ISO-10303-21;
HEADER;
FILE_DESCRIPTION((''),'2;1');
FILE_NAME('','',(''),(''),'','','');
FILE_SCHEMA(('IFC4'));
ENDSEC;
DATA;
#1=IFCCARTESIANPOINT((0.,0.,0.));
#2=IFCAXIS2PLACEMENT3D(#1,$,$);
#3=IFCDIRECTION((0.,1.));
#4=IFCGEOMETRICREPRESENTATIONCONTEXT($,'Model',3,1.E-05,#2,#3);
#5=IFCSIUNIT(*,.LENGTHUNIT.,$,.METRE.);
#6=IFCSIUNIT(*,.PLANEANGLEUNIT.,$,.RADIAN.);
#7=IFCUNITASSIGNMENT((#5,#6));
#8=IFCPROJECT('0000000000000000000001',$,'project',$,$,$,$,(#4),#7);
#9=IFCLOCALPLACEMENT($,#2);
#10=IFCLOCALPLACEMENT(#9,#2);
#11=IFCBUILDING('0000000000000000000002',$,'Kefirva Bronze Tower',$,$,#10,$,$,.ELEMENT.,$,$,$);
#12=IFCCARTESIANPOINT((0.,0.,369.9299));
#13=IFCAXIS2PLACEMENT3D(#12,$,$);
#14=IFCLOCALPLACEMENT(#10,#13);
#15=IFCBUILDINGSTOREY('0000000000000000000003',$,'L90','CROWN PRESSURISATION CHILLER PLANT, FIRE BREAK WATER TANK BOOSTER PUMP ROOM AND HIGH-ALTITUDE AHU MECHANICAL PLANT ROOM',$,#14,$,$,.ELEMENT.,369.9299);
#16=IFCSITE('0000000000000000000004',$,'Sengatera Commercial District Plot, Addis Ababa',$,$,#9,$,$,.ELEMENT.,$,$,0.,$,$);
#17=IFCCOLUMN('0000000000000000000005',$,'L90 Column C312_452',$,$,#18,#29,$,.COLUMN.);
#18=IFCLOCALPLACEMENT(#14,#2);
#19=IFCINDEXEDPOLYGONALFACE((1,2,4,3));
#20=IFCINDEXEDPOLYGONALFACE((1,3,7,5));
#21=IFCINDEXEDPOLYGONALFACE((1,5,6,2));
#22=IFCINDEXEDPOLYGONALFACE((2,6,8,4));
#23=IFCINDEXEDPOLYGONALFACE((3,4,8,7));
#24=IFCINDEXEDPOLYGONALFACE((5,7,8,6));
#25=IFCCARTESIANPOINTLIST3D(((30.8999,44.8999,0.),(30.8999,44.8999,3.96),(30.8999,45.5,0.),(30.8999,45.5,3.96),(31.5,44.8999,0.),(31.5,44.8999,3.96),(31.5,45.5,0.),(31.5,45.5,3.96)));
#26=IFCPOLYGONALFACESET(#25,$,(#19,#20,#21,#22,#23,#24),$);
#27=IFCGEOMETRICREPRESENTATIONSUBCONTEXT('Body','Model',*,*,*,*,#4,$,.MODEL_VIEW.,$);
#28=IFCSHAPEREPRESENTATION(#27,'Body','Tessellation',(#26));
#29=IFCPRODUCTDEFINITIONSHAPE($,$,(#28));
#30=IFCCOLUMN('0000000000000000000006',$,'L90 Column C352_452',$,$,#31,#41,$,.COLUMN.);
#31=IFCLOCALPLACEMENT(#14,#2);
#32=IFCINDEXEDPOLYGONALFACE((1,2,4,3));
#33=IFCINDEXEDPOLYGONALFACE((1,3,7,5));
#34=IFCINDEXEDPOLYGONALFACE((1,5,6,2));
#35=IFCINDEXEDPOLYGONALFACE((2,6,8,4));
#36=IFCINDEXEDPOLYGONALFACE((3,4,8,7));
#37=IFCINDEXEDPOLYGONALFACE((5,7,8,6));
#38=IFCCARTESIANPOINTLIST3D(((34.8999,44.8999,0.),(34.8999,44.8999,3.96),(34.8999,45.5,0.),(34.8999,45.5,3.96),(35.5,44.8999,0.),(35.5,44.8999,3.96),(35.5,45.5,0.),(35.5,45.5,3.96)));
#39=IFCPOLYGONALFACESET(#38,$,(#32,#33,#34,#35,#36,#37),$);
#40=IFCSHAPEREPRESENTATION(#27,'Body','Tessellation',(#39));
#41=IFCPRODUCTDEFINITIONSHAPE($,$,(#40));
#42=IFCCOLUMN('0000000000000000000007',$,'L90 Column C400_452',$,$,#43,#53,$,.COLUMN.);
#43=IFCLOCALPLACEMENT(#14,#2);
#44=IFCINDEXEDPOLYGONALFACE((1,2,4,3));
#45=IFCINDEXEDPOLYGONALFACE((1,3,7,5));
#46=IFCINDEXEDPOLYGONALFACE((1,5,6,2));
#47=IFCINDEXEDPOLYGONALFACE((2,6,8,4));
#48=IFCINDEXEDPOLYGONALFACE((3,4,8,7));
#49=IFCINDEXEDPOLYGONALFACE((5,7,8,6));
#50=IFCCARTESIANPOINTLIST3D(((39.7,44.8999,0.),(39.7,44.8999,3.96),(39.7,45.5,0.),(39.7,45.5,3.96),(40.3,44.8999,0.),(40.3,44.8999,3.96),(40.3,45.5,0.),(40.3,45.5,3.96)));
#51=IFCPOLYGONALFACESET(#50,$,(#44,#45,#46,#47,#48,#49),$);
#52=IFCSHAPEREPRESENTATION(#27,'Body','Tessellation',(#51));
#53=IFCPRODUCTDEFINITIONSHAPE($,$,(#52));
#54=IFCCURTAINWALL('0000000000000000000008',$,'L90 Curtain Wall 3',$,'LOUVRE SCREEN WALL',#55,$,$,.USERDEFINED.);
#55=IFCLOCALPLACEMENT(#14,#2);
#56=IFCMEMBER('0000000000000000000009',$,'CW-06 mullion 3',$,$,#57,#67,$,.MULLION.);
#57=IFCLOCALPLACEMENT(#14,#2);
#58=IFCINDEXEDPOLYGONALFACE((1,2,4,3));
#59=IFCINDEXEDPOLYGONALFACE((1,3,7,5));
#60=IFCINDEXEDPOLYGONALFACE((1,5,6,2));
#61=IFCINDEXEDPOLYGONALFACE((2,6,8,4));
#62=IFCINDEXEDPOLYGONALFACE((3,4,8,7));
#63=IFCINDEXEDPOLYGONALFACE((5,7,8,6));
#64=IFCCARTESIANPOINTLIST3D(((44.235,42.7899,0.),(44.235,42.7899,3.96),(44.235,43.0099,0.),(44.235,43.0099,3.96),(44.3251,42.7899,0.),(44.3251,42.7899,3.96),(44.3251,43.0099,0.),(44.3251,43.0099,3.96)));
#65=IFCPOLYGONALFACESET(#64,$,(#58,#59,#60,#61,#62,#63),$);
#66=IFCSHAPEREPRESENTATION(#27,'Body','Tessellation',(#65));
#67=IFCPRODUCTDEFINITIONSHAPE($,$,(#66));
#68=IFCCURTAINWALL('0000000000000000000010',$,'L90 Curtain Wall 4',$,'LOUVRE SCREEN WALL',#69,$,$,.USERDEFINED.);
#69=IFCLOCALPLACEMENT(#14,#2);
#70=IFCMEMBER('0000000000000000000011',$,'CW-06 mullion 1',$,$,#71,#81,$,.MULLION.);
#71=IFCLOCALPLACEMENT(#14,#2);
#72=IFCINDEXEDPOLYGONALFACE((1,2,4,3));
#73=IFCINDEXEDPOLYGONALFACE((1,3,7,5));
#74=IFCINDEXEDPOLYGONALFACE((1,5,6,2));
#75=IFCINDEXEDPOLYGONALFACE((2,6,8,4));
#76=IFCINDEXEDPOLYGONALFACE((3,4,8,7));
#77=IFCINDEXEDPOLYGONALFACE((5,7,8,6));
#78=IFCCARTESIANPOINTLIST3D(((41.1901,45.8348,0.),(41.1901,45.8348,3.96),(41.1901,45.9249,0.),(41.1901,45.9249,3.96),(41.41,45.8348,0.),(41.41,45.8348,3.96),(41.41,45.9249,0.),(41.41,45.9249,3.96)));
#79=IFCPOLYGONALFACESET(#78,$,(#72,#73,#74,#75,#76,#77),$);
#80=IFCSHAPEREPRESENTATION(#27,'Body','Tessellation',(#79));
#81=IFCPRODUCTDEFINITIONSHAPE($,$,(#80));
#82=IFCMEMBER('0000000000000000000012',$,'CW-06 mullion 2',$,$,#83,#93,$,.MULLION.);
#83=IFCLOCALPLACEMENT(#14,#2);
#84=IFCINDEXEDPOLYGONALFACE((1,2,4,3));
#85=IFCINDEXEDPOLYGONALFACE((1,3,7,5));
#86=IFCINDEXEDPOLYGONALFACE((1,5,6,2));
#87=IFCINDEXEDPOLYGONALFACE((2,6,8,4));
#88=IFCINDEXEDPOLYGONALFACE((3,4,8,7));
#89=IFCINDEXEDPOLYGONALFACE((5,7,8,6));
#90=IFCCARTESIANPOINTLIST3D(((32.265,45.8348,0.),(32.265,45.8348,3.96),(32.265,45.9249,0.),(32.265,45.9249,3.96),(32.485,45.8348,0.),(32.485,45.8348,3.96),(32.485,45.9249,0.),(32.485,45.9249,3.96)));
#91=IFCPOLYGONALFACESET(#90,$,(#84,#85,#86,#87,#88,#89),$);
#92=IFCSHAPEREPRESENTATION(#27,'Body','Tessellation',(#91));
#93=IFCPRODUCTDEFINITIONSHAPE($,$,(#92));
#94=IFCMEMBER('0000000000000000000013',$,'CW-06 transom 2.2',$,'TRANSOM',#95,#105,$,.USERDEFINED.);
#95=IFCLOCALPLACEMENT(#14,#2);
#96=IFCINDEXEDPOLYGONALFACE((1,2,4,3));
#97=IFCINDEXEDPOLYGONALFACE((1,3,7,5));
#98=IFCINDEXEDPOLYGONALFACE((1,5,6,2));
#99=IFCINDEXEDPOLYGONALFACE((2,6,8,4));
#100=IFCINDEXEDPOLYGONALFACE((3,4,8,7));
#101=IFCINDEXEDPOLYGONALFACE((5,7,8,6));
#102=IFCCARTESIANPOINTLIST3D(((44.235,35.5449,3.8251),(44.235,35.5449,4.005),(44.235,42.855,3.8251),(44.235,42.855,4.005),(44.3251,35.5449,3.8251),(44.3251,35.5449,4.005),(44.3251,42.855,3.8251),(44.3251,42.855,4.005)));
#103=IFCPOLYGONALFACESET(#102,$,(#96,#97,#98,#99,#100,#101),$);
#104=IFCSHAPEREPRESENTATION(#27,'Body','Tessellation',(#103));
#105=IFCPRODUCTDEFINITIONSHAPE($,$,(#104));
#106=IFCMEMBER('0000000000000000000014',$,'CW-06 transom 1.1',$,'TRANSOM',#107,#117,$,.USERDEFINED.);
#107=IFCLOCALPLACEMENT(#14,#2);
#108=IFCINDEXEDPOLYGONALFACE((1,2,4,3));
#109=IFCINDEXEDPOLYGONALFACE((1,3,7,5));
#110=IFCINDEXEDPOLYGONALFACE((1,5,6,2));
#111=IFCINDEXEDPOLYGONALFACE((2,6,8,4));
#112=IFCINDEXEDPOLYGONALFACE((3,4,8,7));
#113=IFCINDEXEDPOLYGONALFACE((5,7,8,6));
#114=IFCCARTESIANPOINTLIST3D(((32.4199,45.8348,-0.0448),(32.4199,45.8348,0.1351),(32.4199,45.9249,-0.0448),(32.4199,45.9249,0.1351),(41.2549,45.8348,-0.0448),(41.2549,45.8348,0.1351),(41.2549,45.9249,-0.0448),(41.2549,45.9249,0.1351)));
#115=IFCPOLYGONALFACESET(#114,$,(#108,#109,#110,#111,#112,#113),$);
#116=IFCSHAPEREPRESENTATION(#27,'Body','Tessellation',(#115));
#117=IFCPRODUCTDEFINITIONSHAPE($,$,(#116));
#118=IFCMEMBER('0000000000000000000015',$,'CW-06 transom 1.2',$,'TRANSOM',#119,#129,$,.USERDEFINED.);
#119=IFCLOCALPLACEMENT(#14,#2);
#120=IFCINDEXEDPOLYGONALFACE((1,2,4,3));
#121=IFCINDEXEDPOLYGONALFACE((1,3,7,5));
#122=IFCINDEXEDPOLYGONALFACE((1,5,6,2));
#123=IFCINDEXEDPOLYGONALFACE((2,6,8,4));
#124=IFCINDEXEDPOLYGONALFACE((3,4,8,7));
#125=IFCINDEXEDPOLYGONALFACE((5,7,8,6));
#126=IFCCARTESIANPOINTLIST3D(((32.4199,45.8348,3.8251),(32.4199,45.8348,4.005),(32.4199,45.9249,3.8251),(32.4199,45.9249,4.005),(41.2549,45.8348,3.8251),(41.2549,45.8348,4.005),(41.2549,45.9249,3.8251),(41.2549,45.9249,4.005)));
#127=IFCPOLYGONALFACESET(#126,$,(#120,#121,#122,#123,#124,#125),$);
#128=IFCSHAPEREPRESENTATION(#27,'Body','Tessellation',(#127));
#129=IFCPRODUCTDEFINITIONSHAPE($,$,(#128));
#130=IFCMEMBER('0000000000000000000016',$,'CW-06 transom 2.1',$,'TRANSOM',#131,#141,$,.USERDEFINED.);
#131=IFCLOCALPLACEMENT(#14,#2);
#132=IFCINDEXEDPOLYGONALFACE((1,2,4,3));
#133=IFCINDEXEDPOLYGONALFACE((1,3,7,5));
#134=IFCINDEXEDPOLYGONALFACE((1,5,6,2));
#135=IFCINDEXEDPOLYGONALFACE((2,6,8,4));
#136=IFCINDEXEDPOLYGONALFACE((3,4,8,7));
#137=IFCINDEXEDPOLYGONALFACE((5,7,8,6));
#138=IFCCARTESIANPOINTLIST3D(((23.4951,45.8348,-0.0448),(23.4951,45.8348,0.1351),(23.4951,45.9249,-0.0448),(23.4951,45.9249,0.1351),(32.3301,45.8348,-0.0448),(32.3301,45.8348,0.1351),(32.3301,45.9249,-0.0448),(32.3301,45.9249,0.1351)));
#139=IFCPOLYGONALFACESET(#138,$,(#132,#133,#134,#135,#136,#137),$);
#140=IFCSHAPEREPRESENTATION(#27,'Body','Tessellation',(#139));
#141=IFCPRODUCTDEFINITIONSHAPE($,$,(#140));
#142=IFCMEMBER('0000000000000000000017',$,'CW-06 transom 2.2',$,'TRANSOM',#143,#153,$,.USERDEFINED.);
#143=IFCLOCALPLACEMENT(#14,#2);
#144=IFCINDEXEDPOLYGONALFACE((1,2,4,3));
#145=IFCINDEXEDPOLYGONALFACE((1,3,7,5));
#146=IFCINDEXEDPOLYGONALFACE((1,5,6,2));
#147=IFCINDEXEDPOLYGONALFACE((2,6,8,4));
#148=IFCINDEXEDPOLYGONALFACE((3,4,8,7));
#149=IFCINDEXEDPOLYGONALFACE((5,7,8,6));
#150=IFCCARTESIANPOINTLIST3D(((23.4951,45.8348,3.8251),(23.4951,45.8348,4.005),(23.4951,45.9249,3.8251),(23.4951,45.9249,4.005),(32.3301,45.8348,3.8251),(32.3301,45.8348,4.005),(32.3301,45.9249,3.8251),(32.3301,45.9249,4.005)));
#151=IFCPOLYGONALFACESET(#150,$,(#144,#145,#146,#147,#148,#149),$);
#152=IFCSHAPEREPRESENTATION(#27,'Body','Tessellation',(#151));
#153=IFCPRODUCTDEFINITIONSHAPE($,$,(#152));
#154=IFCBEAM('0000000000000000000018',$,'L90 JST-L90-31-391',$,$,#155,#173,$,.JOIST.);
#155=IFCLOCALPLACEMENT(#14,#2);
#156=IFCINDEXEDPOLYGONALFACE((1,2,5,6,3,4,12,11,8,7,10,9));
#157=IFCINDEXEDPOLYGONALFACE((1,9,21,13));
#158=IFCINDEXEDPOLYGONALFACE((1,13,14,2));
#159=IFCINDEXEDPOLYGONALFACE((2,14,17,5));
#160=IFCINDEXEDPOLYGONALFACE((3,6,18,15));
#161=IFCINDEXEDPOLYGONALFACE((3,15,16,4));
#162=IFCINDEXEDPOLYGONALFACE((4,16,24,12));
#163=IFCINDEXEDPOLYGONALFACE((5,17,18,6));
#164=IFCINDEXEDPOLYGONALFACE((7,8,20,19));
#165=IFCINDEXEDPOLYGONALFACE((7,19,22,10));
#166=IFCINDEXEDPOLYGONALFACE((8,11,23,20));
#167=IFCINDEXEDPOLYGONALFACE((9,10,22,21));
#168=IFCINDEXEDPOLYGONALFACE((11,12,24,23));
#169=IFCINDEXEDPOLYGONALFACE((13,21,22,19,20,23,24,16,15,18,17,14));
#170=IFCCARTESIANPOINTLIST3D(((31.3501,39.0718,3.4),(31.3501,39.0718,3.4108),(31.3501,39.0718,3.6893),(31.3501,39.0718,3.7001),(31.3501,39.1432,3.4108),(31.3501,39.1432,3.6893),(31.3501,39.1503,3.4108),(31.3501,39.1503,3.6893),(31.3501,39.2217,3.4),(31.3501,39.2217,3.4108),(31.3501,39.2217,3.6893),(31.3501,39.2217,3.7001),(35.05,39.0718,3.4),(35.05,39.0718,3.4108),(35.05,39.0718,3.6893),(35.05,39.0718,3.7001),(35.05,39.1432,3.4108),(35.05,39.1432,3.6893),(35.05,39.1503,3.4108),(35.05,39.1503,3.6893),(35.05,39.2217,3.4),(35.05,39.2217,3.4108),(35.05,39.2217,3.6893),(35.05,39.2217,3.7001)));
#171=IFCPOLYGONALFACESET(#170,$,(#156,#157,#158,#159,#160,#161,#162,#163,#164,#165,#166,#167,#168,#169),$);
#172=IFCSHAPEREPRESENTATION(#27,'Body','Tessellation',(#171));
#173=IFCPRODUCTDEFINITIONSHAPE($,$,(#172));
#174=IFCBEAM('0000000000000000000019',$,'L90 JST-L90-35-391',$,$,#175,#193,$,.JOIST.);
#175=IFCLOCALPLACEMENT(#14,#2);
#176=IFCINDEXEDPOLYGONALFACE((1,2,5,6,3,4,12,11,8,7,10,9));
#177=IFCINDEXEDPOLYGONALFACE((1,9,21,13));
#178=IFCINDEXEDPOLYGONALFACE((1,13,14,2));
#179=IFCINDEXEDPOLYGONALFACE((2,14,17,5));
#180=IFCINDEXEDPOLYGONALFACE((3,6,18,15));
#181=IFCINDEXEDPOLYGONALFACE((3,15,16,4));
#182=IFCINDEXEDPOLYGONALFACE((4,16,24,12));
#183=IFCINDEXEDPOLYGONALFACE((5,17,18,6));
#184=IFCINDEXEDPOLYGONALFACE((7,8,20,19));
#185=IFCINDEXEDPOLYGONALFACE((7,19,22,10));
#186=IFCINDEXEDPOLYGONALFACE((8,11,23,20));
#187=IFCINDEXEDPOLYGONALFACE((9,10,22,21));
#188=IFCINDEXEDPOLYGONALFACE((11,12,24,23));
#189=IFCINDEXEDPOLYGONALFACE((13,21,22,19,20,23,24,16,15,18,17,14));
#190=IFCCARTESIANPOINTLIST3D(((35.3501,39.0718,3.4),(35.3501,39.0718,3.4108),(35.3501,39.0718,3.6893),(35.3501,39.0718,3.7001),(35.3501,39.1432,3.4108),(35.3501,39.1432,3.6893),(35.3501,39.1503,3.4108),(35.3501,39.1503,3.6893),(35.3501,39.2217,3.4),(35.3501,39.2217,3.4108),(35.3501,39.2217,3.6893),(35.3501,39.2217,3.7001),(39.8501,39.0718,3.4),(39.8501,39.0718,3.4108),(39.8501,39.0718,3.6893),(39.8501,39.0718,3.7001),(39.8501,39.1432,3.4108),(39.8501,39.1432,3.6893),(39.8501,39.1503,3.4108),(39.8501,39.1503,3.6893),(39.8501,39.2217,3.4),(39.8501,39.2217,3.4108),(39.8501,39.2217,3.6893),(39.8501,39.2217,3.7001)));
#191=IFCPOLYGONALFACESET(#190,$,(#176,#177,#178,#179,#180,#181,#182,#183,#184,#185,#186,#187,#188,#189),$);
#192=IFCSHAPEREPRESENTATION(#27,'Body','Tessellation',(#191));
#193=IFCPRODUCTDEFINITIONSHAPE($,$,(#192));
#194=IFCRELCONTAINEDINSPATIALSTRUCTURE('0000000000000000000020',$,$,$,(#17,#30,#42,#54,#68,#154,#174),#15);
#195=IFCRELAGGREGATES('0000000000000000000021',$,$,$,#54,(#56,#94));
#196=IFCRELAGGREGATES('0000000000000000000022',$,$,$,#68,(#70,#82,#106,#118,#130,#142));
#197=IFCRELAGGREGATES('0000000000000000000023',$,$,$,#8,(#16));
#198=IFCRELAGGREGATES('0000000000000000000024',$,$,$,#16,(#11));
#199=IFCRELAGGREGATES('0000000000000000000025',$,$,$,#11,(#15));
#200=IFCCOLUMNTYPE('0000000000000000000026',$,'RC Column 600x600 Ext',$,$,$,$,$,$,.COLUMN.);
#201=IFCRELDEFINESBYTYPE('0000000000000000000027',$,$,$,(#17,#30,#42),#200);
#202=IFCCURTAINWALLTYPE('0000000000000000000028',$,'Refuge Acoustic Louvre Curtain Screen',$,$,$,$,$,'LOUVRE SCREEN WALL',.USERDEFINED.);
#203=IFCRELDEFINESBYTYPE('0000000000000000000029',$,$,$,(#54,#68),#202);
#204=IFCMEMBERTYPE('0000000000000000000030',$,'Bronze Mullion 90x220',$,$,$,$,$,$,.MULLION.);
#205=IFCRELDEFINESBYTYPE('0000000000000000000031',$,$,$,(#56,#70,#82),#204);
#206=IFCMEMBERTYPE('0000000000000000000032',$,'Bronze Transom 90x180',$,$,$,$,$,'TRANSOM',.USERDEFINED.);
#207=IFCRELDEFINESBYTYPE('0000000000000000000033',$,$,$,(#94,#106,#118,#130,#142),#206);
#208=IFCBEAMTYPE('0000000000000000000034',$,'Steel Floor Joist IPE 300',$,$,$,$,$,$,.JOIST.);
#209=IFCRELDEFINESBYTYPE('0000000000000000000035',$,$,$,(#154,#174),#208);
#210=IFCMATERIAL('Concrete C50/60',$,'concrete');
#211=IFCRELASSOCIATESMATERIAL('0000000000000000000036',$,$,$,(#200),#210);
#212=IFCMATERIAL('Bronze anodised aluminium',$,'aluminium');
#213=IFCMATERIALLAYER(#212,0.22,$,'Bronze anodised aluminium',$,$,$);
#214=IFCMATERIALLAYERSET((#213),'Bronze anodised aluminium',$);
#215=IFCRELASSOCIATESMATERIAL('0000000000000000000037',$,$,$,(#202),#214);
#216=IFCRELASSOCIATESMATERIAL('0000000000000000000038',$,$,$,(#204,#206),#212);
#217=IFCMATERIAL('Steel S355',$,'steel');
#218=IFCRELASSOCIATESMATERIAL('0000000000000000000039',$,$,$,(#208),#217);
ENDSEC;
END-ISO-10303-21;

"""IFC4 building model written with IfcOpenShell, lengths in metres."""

from ifc_helpers import new_model, si_unit, direction, frame, origin, origin_2d, place, context, subcontext, project, spatial, rectangle, i_section, extrude, material, layer, layer_set, material_profile, profile_set, type_object, element, aggregate, save


model = new_model("IFC4")

# Units and contexts
model_context = context("Model", 3, precision=1e-05, world=origin(), true_north=direction((0.0, 1.0)))
body_context = subcontext(model_context, "Body", "Model", "MODEL_VIEW")
ifc_project = project(units=[si_unit("LENGTHUNIT", "METRE"), si_unit("PLANEANGLEUNIT", "RADIAN")], contexts=[model_context])

# Site, building, storey
site_placement = place(None, origin())
site = spatial("IfcSite", under=ifc_project, at=site_placement, Name="Sengatera Commercial District Plot, Addis Ababa", CompositionType="ELEMENT", RefElevation=0.0)
building_placement = place(site_placement, origin())
building = spatial("IfcBuilding", under=site, at=building_placement, Name="Kefirva Bronze Tower", CompositionType="ELEMENT")
storey_placement = place(building_placement, frame((0.0, 0.0, 369.9299)))
storey = spatial("IfcBuildingStorey", under=building, at=storey_placement, Name="L90", Description="CROWN PRESSURISATION CHILLER PLANT, FIRE BREAK WATER TANK BOOSTER PUMP ROOM AND HIGH-ALTITUDE AHU MECHANICAL PLANT ROOM", CompositionType="ELEMENT", Elevation=369.9299)

# Columns
ifc_material_1 = material(Name="Concrete C50/60", Category="concrete")
ifc_material_profile_1 = material_profile(ifc_material_1, rectangle(XDim=0.6001, YDim=0.6001, at=origin_2d()), Name="RC 600x600")
ifc_profile_set_1 = profile_set([ifc_material_profile_1], Name="Concrete C50/60")
column_type = type_object("IfcColumnType", Name="RC Column 600x600 Ext", PredefinedType="COLUMN", material=ifc_profile_set_1)
for number, where, z_axis, x_axis, name in (
    (1, (31.2, 45.2, 0.0), (0.0, 0.0, 1.0), (1.0, 0.0, 0.0), "L90 Column C312_452"),
    (2, (35.2, 45.2, 0.0), (0.0, 0.0, 1.0), (1.0, 0.0, 0.0), "L90 Column C352_452"),
    (3, (40.0, 45.2, 0.0), (0.0, 0.0, 1.0), (1.0, 0.0, 0.0), "L90 Column C400_452"),
):
    element("IfcColumn", number, at=place(storey_placement, frame(where, z_axis=z_axis, x_axis=x_axis)), inside=storey, type_object=column_type, Name=name, PredefinedType="COLUMN", context=body_context, shape_type="SweptSolid", body=[
        extrude(rectangle(XDim=0.6001, YDim=0.6001, at=origin_2d()), origin(), (0.0, 0.0, 1.0), 3.96),
    ])

# Curtain wall, member
ifc_material_2 = material(Name="Bronze anodised aluminium", Category="aluminium")
ifc_layer_1 = layer(ifc_material_2, 0.22, Name="Bronze anodised aluminium")
ifc_layer_set_1 = layer_set([ifc_layer_1], Name="Bronze anodised aluminium")
curtain_wall_type = type_object("IfcCurtainWallType", Name="Refuge Acoustic Louvre Curtain Screen", ElementType="LOUVRE SCREEN WALL", PredefinedType="USERDEFINED", material=ifc_layer_set_1)
curtain_wall_1_placement = place(storey_placement, origin())
curtain_wall_1 = element("IfcCurtainWall", 4, at=curtain_wall_1_placement, inside=storey, type_object=curtain_wall_type, Name="L90 Curtain Wall 3", ObjectType="LOUVRE SCREEN WALL", PredefinedType="USERDEFINED")
ifc_material_profile_2 = material_profile(ifc_material_2, rectangle(XDim=0.0901, YDim=0.22, at=origin_2d()), Name="ALU 90x220")
ifc_profile_set_2 = profile_set([ifc_material_profile_2], Name="Bronze anodised aluminium")
member_type_1 = type_object("IfcMemberType", Name="Bronze Mullion 90x220", PredefinedType="MULLION", material=ifc_profile_set_2)
member_1_placement = place(storey_placement, frame((44.28, 42.8999, 0.0), z_axis=(0.0, 0.0, 1.0), x_axis=(-1.0, 0.0, 0.0)))
member_1 = element("IfcMember", 5, at=member_1_placement, type_object=member_type_1, Name="CW-06 mullion 3", PredefinedType="MULLION", context=body_context, shape_type="SweptSolid", body=[
    extrude(rectangle(XDim=0.0901, YDim=0.22, at=origin_2d()), origin(), (0.0, 0.0, 1.0), 3.96),
])

# Curtain wall, members
curtain_wall_2_placement = place(storey_placement, origin())
curtain_wall_2 = element("IfcCurtainWall", 6, at=curtain_wall_2_placement, inside=storey, type_object=curtain_wall_type, Name="L90 Curtain Wall 4", ObjectType="LOUVRE SCREEN WALL", PredefinedType="USERDEFINED")
member_2_placement = place(storey_placement, frame((41.3, 45.8799, 0.0), z_axis=(0.0, 0.0, 1.0), x_axis=(0.0, -1.0, 0.0)))
member_2 = element("IfcMember", 7, at=member_2_placement, type_object=member_type_1, Name="CW-06 mullion 1", PredefinedType="MULLION", context=body_context, shape_type="SweptSolid", body=[
    extrude(rectangle(XDim=0.0901, YDim=0.22, at=origin_2d()), origin(), (0.0, 0.0, 1.0), 3.96),
])
member_3_placement = place(storey_placement, frame((32.375, 45.8799, 0.0), z_axis=(0.0, 0.0, 1.0), x_axis=(0.0, -1.0, 0.0)))
member_3 = element("IfcMember", 8, at=member_3_placement, type_object=member_type_1, Name="CW-06 mullion 2", PredefinedType="MULLION", context=body_context, shape_type="SweptSolid", body=[
    extrude(rectangle(XDim=0.0901, YDim=0.22, at=origin_2d()), origin(), (0.0, 0.0, 1.0), 3.96),
])

# Members
ifc_material_profile_3 = material_profile(ifc_material_2, rectangle(XDim=0.0901, YDim=0.1799, at=origin_2d()), Name="ALU 90x180")
ifc_profile_set_3 = profile_set([ifc_material_profile_3], Name="Bronze anodised aluminium")
member_type_2 = type_object("IfcMemberType", Name="Bronze Transom 90x180", ElementType="TRANSOM", PredefinedType="USERDEFINED", material=ifc_profile_set_3)
member_4_placement = place(storey_placement, frame((44.28, 35.5449, 3.915), z_axis=(0.0, 1.0, 0.0), x_axis=(-1.0, 0.0, 0.0)))
member_4 = element("IfcMember", 9, at=member_4_placement, type_object=member_type_2, Name="CW-06 transom 2.2", ObjectType="TRANSOM", PredefinedType="USERDEFINED", context=body_context, shape_type="SweptSolid", body=[
    extrude(rectangle(XDim=0.0901, YDim=0.1799, at=origin_2d()), origin(), (0.0, 0.0, 1.0), 7.3101),
])
member_5_placement = place(storey_placement, frame((41.2549, 45.8799, 0.0452), z_axis=(-1.0, 0.0, 0.0), x_axis=(0.0, -1.0, 0.0)))
member_5 = element("IfcMember", 10, at=member_5_placement, type_object=member_type_2, Name="CW-06 transom 1.1", ObjectType="TRANSOM", PredefinedType="USERDEFINED", context=body_context, shape_type="SweptSolid", body=[
    extrude(rectangle(XDim=0.0901, YDim=0.1799, at=origin_2d()), origin(), (0.0, 0.0, 1.0), 8.835),
])
member_6_placement = place(storey_placement, frame((41.2549, 45.8799, 3.915), z_axis=(-1.0, 0.0, 0.0), x_axis=(0.0, -1.0, 0.0)))
member_6 = element("IfcMember", 11, at=member_6_placement, type_object=member_type_2, Name="CW-06 transom 1.2", ObjectType="TRANSOM", PredefinedType="USERDEFINED", context=body_context, shape_type="SweptSolid", body=[
    extrude(rectangle(XDim=0.0901, YDim=0.1799, at=origin_2d()), origin(), (0.0, 0.0, 1.0), 8.835),
])
member_7_placement = place(storey_placement, frame((32.3301, 45.8799, 0.0452), z_axis=(-1.0, 0.0, 0.0), x_axis=(0.0, -1.0, 0.0)))
member_7 = element("IfcMember", 12, at=member_7_placement, type_object=member_type_2, Name="CW-06 transom 2.1", ObjectType="TRANSOM", PredefinedType="USERDEFINED", context=body_context, shape_type="SweptSolid", body=[
    extrude(rectangle(XDim=0.0901, YDim=0.1799, at=origin_2d()), origin(), (0.0, 0.0, 1.0), 8.835),
])
member_8_placement = place(storey_placement, frame((32.3301, 45.8799, 3.915), z_axis=(-1.0, 0.0, 0.0), x_axis=(0.0, -1.0, 0.0)))
member_8 = element("IfcMember", 13, at=member_8_placement, type_object=member_type_2, Name="CW-06 transom 2.2", ObjectType="TRANSOM", PredefinedType="USERDEFINED", context=body_context, shape_type="SweptSolid", body=[
    extrude(rectangle(XDim=0.0901, YDim=0.1799, at=origin_2d()), origin(), (0.0, 0.0, 1.0), 8.835),
])

# Beams
ifc_material_3 = material(Name="Steel S355", Category="steel")
ifc_material_profile_4 = material_profile(ifc_material_3, i_section(OverallWidth=0.1499, OverallDepth=0.3, WebThickness=0.0071, FlangeThickness=0.0107, at=origin_2d()), Name="IPE 300")
ifc_profile_set_4 = profile_set([ifc_material_profile_4], Name="Steel S355")
beam_type_1 = type_object("IfcBeamType", Name="Steel Floor Joist IPE 300", PredefinedType="JOIST", material=ifc_profile_set_4)
beam_1_placement = place(storey_placement, frame((31.3501, 39.1467, 3.55), z_axis=(1.0, 0.0, 0.0), x_axis=(0.0, 1.0, 0.0)))
element("IfcBeam", 14, at=beam_1_placement, inside=storey, type_object=beam_type_1, Name="L90 JST-L90-31-391", PredefinedType="JOIST", context=body_context, shape_type="SweptSolid", body=[
    extrude(i_section(OverallWidth=0.1499, OverallDepth=0.3, WebThickness=0.0071, FlangeThickness=0.0107, at=origin_2d()), origin(), (0.0, 0.0, 1.0), 3.7),
])
beam_2_placement = place(storey_placement, frame((35.3501, 39.1467, 3.55), z_axis=(1.0, 0.0, 0.0), x_axis=(0.0, 1.0, 0.0)))
element("IfcBeam", 15, at=beam_2_placement, inside=storey, type_object=beam_type_1, Name="L90 JST-L90-35-391", PredefinedType="JOIST", context=body_context, shape_type="SweptSolid", body=[
    extrude(i_section(OverallWidth=0.1499, OverallDepth=0.3, WebThickness=0.0071, FlangeThickness=0.0107, at=origin_2d()), origin(), (0.0, 0.0, 1.0), 4.5),
])

aggregate(curtain_wall_1, [member_1, member_4])
aggregate(curtain_wall_2, [member_2, member_3, member_5, member_6, member_7, member_8])

save(model, "model.ifc")
